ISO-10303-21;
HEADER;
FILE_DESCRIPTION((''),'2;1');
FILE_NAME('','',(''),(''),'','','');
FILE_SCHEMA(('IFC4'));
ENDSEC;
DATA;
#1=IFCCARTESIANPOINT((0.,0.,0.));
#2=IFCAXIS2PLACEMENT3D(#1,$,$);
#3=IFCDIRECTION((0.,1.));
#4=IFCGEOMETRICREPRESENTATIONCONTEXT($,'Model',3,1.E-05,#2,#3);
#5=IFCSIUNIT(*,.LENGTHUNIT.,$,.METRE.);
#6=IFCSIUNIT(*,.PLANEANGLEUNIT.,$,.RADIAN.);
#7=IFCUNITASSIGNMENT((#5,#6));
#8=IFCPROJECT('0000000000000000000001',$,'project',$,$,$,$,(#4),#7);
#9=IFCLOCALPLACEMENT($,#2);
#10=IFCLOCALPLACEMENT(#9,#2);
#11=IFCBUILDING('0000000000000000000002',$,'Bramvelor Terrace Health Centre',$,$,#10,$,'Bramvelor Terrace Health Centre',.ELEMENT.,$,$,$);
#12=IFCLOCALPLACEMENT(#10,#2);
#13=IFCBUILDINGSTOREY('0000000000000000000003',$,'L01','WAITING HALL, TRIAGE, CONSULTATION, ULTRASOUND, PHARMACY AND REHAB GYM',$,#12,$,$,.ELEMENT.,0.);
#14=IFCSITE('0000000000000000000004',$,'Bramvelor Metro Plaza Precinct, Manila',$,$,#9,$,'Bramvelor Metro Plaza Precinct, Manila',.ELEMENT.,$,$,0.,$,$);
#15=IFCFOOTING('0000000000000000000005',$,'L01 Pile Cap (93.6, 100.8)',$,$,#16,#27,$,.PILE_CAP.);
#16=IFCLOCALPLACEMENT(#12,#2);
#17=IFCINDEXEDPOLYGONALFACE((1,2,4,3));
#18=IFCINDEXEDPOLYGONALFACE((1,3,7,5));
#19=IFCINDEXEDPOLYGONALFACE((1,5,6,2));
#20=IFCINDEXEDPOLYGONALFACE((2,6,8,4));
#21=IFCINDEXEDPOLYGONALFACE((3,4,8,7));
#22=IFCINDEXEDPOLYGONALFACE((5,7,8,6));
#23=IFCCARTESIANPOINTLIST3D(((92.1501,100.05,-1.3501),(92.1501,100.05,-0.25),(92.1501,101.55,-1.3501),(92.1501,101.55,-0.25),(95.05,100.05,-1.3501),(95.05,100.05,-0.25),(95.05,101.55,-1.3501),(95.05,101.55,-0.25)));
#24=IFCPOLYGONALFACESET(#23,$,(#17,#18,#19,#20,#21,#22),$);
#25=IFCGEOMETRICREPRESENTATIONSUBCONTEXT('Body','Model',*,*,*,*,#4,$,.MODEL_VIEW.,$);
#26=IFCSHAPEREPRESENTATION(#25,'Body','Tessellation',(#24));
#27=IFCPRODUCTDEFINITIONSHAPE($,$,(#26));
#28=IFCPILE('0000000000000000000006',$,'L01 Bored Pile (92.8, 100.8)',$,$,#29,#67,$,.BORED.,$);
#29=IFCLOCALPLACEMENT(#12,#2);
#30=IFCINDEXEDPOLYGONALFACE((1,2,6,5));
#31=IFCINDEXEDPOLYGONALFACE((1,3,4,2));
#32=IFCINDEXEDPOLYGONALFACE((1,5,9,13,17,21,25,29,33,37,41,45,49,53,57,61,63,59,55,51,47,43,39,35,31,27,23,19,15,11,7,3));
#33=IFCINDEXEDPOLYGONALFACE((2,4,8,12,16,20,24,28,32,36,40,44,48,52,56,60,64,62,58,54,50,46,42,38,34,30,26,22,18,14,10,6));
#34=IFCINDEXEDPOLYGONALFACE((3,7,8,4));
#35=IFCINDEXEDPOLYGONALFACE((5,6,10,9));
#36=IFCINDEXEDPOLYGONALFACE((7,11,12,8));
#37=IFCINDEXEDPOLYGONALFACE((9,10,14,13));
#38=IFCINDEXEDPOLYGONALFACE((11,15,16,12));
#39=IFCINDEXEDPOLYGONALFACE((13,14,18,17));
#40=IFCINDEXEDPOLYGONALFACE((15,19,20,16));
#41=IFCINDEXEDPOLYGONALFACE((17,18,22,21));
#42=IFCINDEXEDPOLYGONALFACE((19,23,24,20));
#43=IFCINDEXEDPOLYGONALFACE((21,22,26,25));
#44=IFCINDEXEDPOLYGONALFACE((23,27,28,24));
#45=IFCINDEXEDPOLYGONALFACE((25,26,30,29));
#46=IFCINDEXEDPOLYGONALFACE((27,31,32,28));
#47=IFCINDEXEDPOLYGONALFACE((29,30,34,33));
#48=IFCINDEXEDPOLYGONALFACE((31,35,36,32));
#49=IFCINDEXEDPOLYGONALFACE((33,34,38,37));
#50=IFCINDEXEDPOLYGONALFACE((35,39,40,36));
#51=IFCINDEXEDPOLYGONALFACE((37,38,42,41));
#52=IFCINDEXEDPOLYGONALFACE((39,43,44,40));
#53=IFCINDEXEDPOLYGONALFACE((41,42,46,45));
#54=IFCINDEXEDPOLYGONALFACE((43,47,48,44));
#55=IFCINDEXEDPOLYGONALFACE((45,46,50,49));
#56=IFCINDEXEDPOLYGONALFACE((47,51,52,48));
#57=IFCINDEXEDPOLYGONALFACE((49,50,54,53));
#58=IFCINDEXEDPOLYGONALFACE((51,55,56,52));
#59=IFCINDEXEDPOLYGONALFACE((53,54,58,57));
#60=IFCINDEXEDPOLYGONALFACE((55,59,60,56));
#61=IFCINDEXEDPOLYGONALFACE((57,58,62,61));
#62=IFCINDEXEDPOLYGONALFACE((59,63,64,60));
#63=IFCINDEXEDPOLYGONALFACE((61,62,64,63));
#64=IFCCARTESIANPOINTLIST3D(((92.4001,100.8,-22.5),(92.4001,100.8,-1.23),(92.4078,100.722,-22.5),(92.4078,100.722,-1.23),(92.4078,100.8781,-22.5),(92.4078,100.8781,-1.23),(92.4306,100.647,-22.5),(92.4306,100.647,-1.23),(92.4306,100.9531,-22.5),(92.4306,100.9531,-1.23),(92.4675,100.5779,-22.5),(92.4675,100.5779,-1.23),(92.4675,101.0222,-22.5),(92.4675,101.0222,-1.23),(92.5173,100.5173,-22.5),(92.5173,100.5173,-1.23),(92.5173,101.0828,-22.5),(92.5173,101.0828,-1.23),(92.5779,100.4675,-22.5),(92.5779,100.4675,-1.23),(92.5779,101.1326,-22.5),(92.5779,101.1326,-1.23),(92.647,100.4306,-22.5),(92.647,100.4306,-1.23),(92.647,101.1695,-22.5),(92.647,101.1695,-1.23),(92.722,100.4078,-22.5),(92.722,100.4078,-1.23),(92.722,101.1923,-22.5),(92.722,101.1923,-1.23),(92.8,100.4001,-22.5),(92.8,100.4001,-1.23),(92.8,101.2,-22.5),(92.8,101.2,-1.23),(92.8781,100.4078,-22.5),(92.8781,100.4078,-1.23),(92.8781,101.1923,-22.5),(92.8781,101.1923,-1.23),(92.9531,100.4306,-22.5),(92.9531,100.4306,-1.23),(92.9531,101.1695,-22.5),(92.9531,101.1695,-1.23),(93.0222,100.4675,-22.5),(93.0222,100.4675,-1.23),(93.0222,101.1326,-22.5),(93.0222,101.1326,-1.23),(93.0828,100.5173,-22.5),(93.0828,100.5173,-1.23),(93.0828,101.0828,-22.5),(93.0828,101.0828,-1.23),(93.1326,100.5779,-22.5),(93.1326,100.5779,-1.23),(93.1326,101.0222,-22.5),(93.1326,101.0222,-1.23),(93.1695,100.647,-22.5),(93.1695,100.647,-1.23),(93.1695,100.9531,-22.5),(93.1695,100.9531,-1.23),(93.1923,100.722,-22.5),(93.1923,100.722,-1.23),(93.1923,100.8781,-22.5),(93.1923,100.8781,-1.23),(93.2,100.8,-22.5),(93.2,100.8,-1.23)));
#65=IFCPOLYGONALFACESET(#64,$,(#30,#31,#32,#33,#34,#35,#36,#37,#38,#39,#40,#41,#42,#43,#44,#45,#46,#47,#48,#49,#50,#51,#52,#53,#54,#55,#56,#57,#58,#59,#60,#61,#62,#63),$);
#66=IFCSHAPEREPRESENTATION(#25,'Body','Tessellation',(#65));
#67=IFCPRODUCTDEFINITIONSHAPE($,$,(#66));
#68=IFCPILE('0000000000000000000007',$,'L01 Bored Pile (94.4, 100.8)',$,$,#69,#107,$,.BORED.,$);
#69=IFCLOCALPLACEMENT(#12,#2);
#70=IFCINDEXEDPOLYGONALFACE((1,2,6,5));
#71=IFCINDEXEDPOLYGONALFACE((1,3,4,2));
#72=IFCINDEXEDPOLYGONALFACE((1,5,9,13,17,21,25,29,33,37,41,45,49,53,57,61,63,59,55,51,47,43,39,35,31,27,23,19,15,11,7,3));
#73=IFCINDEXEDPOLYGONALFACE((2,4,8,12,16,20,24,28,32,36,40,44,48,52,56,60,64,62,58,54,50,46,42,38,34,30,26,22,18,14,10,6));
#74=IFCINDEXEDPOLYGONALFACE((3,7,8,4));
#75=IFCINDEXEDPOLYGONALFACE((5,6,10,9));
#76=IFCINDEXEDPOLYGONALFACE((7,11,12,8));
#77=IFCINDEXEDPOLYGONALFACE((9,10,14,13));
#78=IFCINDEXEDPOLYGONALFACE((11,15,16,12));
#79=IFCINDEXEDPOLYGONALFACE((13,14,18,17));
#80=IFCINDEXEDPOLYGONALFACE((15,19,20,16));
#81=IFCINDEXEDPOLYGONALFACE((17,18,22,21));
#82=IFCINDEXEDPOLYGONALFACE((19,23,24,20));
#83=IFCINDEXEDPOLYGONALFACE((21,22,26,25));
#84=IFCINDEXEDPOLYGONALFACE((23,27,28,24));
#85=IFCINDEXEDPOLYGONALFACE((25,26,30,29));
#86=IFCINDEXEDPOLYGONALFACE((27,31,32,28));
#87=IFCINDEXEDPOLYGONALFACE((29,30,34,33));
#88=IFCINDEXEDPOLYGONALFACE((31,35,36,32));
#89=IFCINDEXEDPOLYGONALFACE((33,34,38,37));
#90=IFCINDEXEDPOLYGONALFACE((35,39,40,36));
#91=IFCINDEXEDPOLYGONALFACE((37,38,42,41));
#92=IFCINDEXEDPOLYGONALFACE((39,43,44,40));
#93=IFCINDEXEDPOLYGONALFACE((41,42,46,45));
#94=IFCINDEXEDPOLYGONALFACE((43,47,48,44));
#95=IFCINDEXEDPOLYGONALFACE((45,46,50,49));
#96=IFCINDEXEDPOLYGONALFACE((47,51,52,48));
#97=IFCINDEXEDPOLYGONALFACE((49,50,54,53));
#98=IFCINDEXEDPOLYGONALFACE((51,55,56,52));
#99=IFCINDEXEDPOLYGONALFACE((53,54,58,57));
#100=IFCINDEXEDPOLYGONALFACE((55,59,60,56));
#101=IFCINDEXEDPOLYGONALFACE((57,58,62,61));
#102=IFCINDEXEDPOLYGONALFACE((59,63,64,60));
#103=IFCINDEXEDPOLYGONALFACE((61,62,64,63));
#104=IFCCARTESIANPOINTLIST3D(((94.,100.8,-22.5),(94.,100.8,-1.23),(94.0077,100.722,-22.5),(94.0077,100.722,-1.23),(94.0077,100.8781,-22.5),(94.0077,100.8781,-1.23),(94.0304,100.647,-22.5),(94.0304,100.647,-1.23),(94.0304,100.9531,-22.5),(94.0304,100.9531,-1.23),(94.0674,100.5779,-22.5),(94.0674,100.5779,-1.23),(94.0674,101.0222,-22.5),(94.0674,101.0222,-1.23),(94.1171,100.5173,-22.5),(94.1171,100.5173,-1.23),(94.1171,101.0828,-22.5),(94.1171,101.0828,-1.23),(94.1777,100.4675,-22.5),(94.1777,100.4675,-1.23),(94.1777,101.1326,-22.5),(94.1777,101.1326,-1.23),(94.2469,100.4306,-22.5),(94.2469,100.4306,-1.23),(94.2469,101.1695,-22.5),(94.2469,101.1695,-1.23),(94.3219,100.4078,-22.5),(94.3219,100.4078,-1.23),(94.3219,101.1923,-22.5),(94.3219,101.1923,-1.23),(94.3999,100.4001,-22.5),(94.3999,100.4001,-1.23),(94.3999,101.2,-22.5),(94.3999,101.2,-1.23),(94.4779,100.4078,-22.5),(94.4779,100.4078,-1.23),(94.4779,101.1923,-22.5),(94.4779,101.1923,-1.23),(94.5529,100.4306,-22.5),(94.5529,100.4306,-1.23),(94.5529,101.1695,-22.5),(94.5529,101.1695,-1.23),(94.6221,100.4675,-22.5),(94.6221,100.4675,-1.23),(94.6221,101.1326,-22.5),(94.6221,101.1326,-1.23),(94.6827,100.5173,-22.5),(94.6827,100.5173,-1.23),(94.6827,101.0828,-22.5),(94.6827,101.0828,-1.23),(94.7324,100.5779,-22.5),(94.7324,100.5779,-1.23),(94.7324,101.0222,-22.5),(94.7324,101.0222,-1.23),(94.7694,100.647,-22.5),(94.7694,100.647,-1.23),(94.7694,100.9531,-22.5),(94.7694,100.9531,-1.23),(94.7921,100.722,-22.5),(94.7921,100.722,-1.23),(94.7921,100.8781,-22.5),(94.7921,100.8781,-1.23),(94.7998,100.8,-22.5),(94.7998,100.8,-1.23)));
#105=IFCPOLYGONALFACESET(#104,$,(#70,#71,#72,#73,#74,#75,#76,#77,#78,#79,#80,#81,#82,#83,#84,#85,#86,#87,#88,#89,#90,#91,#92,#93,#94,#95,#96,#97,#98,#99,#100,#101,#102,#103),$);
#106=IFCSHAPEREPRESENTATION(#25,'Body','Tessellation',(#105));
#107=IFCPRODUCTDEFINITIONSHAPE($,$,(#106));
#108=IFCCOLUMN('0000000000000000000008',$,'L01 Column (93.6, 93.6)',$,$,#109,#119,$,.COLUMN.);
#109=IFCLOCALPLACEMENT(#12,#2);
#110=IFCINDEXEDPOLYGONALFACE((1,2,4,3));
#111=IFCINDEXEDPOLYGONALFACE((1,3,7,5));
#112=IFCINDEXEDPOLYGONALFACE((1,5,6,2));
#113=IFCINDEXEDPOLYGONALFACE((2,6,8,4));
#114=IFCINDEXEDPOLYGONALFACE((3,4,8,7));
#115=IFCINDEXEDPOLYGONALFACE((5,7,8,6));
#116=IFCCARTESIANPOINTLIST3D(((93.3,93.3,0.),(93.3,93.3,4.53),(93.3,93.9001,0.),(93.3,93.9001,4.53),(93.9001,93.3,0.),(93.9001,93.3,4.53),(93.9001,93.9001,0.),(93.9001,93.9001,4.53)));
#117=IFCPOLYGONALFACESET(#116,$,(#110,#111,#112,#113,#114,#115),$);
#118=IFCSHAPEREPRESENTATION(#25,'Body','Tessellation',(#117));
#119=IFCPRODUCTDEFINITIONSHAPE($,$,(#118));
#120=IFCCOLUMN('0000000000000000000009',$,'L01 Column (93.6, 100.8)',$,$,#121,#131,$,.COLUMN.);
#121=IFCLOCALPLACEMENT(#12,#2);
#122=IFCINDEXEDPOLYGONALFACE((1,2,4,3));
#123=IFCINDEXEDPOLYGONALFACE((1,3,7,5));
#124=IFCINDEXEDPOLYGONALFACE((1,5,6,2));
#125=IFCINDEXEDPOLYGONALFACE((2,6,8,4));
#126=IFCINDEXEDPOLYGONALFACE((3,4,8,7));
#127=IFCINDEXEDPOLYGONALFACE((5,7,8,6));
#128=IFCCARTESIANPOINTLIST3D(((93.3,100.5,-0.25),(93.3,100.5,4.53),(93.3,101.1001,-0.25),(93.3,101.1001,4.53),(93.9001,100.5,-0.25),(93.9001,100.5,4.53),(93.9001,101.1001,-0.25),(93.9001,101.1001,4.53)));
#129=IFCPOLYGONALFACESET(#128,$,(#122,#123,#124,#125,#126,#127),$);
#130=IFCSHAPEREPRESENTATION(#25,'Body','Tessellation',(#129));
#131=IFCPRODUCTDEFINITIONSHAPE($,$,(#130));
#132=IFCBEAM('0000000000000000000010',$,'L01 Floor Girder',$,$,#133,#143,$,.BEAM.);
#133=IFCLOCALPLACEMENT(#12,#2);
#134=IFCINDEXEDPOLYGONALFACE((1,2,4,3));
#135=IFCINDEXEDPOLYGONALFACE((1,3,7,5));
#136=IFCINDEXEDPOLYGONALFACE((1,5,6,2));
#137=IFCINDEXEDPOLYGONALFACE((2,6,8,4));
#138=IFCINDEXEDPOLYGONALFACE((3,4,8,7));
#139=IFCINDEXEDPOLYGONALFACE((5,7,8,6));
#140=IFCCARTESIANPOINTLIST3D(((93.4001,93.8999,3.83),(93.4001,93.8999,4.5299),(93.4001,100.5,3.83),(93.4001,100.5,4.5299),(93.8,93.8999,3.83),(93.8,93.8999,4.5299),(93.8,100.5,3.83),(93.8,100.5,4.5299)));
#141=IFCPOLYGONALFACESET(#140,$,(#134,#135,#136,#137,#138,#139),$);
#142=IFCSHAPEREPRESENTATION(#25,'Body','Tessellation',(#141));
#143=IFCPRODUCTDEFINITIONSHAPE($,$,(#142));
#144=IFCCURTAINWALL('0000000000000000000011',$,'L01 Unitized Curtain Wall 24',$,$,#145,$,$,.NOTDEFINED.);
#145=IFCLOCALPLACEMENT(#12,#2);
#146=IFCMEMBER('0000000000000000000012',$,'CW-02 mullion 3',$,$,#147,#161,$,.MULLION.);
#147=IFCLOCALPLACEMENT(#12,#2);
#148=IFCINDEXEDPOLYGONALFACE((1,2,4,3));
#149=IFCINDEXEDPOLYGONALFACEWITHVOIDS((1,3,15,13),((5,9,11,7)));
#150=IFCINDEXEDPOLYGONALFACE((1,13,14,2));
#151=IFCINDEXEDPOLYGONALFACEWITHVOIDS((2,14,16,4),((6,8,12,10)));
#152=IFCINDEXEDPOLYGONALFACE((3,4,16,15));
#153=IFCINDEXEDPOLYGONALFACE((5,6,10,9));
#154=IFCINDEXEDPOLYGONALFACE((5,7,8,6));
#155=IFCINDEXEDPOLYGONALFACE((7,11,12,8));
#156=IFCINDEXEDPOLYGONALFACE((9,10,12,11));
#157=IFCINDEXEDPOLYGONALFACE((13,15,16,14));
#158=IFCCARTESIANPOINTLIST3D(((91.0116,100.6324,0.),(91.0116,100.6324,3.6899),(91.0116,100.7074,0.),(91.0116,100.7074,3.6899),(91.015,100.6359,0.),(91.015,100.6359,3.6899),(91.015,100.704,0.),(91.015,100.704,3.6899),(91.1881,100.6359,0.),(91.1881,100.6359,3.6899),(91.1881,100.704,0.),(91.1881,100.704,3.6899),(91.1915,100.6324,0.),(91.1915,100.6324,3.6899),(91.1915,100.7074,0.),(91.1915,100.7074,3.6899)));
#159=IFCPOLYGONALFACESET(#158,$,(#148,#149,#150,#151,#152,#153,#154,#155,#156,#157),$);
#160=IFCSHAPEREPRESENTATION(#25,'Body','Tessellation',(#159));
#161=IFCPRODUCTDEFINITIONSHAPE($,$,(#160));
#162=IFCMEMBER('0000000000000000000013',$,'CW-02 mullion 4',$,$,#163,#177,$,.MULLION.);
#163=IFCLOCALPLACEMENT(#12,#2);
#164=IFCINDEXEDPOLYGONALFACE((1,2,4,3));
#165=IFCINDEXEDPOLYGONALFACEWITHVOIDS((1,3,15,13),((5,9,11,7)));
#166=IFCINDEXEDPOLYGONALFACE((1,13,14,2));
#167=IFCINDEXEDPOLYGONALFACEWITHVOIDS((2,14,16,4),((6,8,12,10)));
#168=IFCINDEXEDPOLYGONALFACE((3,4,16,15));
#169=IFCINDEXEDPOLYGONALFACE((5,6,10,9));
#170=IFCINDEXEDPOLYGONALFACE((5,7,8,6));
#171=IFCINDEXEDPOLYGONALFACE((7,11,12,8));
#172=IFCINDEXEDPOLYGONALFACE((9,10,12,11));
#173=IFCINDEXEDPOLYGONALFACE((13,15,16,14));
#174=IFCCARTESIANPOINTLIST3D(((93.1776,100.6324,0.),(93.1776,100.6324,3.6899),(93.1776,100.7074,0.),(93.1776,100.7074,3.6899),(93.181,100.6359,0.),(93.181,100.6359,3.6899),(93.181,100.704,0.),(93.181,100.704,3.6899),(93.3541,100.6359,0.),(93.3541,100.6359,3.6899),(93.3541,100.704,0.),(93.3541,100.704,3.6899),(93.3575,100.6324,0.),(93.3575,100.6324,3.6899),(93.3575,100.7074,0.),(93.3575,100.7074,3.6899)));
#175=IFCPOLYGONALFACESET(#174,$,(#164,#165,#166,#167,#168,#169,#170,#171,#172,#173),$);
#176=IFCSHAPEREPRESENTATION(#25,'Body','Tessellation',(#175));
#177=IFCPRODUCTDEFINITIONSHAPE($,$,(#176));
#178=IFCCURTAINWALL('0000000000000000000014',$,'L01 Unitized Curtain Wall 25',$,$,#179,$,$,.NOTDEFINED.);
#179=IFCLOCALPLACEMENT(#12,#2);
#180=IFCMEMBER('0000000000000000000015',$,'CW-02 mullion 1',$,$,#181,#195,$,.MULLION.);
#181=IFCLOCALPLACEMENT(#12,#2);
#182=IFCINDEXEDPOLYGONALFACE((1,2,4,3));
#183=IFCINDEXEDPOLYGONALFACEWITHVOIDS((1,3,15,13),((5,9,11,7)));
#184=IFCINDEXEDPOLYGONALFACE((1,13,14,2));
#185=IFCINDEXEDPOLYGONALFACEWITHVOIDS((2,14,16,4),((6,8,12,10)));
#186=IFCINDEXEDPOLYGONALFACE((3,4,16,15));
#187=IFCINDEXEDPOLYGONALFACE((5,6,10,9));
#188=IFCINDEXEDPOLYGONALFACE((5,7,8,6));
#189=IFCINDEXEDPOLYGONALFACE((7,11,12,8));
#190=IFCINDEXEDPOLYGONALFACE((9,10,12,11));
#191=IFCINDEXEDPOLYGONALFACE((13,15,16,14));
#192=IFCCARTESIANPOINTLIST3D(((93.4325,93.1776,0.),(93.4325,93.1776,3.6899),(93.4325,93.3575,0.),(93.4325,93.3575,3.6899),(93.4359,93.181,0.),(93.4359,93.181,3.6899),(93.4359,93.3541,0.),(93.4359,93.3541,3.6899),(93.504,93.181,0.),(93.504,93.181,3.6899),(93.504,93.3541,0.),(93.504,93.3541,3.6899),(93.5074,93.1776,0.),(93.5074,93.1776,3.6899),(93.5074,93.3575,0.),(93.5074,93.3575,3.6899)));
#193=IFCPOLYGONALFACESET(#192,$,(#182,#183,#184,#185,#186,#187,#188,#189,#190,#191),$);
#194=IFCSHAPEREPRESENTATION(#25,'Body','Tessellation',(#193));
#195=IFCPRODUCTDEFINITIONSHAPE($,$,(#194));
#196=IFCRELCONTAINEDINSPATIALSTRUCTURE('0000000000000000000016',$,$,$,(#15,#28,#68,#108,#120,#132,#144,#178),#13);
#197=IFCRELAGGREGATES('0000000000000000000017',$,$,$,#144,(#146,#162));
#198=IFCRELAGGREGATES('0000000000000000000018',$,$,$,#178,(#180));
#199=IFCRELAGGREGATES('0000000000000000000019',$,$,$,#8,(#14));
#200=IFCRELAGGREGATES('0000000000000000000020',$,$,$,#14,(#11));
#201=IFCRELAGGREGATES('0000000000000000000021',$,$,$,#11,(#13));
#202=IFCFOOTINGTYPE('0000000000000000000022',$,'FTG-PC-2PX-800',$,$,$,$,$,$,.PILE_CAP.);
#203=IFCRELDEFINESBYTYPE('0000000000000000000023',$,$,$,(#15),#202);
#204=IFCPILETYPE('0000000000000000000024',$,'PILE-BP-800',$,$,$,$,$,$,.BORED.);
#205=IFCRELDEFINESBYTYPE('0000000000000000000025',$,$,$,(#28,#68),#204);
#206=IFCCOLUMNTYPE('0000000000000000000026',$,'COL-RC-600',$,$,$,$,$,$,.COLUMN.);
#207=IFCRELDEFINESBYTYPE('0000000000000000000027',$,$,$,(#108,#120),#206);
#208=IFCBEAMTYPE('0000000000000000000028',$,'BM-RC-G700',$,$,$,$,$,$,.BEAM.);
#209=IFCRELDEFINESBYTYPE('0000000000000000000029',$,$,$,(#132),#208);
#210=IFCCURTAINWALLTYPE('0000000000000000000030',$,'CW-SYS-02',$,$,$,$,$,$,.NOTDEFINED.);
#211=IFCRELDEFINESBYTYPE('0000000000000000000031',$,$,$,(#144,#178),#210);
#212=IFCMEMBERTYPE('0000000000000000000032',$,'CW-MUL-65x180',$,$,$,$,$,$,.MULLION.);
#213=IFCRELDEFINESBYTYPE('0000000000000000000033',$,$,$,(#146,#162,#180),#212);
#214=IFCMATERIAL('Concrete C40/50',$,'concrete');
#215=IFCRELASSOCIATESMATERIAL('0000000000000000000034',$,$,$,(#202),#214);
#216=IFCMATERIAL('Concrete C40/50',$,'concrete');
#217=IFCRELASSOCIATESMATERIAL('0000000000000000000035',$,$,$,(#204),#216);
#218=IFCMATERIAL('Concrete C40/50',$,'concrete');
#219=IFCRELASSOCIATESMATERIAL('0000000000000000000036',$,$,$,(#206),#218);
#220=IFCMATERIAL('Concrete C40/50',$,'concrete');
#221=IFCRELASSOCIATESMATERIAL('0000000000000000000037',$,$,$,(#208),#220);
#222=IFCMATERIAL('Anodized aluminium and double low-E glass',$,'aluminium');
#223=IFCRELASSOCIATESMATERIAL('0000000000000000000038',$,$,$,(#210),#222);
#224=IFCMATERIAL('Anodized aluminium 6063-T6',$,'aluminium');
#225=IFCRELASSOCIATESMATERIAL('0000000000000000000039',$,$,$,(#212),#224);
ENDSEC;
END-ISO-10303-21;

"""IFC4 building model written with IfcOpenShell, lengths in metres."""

from ifc_helpers import new_model, si_unit, direction, frame, origin, origin_2d, place, context, subcontext, project, spatial, rectangle, hollow_rectangle, circle, extrude, material, material_profile, profile_set, type_object, element, aggregate, save


model = new_model("IFC4")

# Units and contexts
model_context = context("Model", 3, precision=1e-05, world=origin(), true_north=direction((0.0, 1.0)))
body_context = subcontext(model_context, "Body", "Model", "MODEL_VIEW")
ifc_project = project(units=[si_unit("LENGTHUNIT", "METRE"), si_unit("PLANEANGLEUNIT", "RADIAN")], contexts=[model_context])

# Site, building, storey
site_placement = place(None, origin())
site = spatial("IfcSite", under=ifc_project, at=site_placement, Name="Bramvelor Metro Plaza Precinct, Manila", LongName="Bramvelor Metro Plaza Precinct, Manila", CompositionType="ELEMENT", RefElevation=0.0)
building_placement = place(site_placement, origin())
building = spatial("IfcBuilding", under=site, at=building_placement, Name="Bramvelor Terrace Health Centre", LongName="Bramvelor Terrace Health Centre", CompositionType="ELEMENT")
storey_placement = place(building_placement, origin())
storey = spatial("IfcBuildingStorey", under=building, at=storey_placement, Name="L01", Description="WAITING HALL, TRIAGE, CONSULTATION, ULTRASOUND, PHARMACY AND REHAB GYM", CompositionType="ELEMENT", Elevation=0.0)

# Footing
ifc_material_1 = material(Name="Concrete C40/50", Category="concrete")
footing_type = type_object("IfcFootingType", Name="FTG-PC-2PX-800", PredefinedType="PILE_CAP", material=ifc_material_1)
footing_placement = place(storey_placement, frame((93.6001, 100.8, -1.3501), z_axis=(0.0, 0.0, 1.0), x_axis=(1.0, 0.0, 0.0)))
element("IfcFooting", 1, at=footing_placement, inside=storey, type_object=footing_type, Name="L01 Pile Cap (93.6, 100.8)", PredefinedType="PILE_CAP", context=body_context, shape_type="SweptSolid", body=[
    extrude(rectangle(XDim=2.8999, YDim=1.5, at=origin_2d()), origin(), (0.0, 0.0, 1.0), 1.1001),
])

# Piles
ifc_material_2 = material(Name="Concrete C40/50", Category="concrete")
ifc_material_profile_1 = material_profile(ifc_material_2, circle(Radius=0.3999, at=origin_2d()), Name="BP D800")
ifc_profile_set_1 = profile_set([ifc_material_profile_1], Name="Concrete C40/50")
pile_type = type_object("IfcPileType", Name="PILE-BP-800", PredefinedType="BORED", material=ifc_profile_set_1)
for number, where, z_axis, x_axis, name in (
    (2, (92.8, 100.8, -1.23), (0.0, 0.0, -1.0), (1.0, 0.0, 0.0), "L01 Bored Pile (92.8, 100.8)"),
    (3, (94.3999, 100.8, -1.23), (0.0, 0.0, -1.0), (1.0, 0.0, 0.0), "L01 Bored Pile (94.4, 100.8)"),
):
    element("IfcPile", number, at=place(storey_placement, frame(where, z_axis=z_axis, x_axis=x_axis)), inside=storey, type_object=pile_type, Name=name, PredefinedType="BORED", context=body_context, shape_type="SweptSolid", body=[
        extrude(circle(Radius=0.3999, at=origin_2d()), origin(), (0.0, 0.0, 1.0), 21.27),
    ])

# Columns
ifc_material_3 = material(Name="Concrete C40/50", Category="concrete")
ifc_material_profile_2 = material_profile(ifc_material_3, rectangle(XDim=0.6001, YDim=0.6001, at=origin_2d()), Name="RC 600x600")
ifc_profile_set_2 = profile_set([ifc_material_profile_2], Name="Concrete C40/50")
column_type = type_object("IfcColumnType", Name="COL-RC-600", PredefinedType="COLUMN", material=ifc_profile_set_2)
column_1_placement = place(storey_placement, frame((93.6001, 93.6001, 0.0), z_axis=(0.0, 0.0, 1.0), x_axis=(1.0, 0.0, 0.0)))
element("IfcColumn", 4, at=column_1_placement, inside=storey, type_object=column_type, Name="L01 Column (93.6, 93.6)", PredefinedType="COLUMN", context=body_context, shape_type="SweptSolid", body=[
    extrude(rectangle(XDim=0.6001, YDim=0.6001, at=origin_2d()), origin(), (0.0, 0.0, 1.0), 4.53),
])
column_2_placement = place(storey_placement, frame((93.6001, 100.8, -0.25), z_axis=(0.0, 0.0, 1.0), x_axis=(1.0, 0.0, 0.0)))
element("IfcColumn", 5, at=column_2_placement, inside=storey, type_object=column_type, Name="L01 Column (93.6, 100.8)", PredefinedType="COLUMN", context=body_context, shape_type="SweptSolid", body=[
    extrude(rectangle(XDim=0.6001, YDim=0.6001, at=origin_2d()), origin(), (0.0, 0.0, 1.0), 4.78),
])

# Beam
ifc_material_4 = material(Name="Concrete C40/50", Category="concrete")
ifc_material_profile_3 = material_profile(ifc_material_4, rectangle(XDim=0.3999, YDim=0.7, at=origin_2d()), Name="RC 400x700")
ifc_profile_set_3 = profile_set([ifc_material_profile_3], Name="Concrete C40/50")
beam_type = type_object("IfcBeamType", Name="BM-RC-G700", PredefinedType="BEAM", material=ifc_profile_set_3)
beam_placement = place(storey_placement, frame((93.6001, 93.8999, 4.1799), z_axis=(0.0, 1.0, 0.0), x_axis=(-1.0, 0.0, 0.0)))
element("IfcBeam", 6, at=beam_placement, inside=storey, type_object=beam_type, Name="L01 Floor Girder", PredefinedType="BEAM", context=body_context, shape_type="SweptSolid", body=[
    extrude(rectangle(XDim=0.3999, YDim=0.7, at=origin_2d()), origin(), (0.0, 0.0, 1.0), 6.6001),
])

# Curtain walls, members
ifc_material_5 = material(Name="Anodized aluminium and double low-E glass", Category="aluminium")
curtain_wall_type = type_object("IfcCurtainWallType", Name="CW-SYS-02", PredefinedType="NOTDEFINED", material=ifc_material_5)
curtain_wall_1_placement = place(storey_placement, origin())
curtain_wall_1 = element("IfcCurtainWall", 7, at=curtain_wall_1_placement, inside=storey, type_object=curtain_wall_type, Name="L01 Unitized Curtain Wall 24", PredefinedType="NOTDEFINED")
ifc_material_6 = material(Name="Anodized aluminium 6063-T6", Category="aluminium")
ifc_material_profile_4 = material_profile(ifc_material_6, hollow_rectangle(XDim=0.075, YDim=0.1799, WallThickness=0.0034, at=origin_2d()), Name="ALU-MUL 75x180x3.5")
ifc_profile_set_4 = profile_set([ifc_material_profile_4], Name="Anodized aluminium 6063-T6")
member_type_1 = type_object("IfcMemberType", Name="CW-MUL-65x180", PredefinedType="MULLION", material=ifc_profile_set_4)
member_1_placement = place(storey_placement, frame((91.1016, 100.6699, 0.0), z_axis=(0.0, 0.0, 1.0), x_axis=(0.0, 1.0, 0.0)))
member_1 = element("IfcMember", 8, at=member_1_placement, type_object=member_type_1, Name="CW-02 mullion 3", PredefinedType="MULLION", context=body_context, shape_type="SweptSolid", body=[
    extrude(hollow_rectangle(XDim=0.075, YDim=0.1799, WallThickness=0.0034, at=origin_2d()), origin(), (0.0, 0.0, 1.0), 3.6899),
])
member_2_placement = place(storey_placement, frame((93.2676, 100.6699, 0.0), z_axis=(0.0, 0.0, 1.0), x_axis=(0.0, 1.0, 0.0)))
member_2 = element("IfcMember", 9, at=member_2_placement, type_object=member_type_1, Name="CW-02 mullion 4", PredefinedType="MULLION", context=body_context, shape_type="SweptSolid", body=[
    extrude(hollow_rectangle(XDim=0.075, YDim=0.1799, WallThickness=0.0034, at=origin_2d()), origin(), (0.0, 0.0, 1.0), 3.6899),
])
curtain_wall_2_placement = place(storey_placement, origin())
curtain_wall_2 = element("IfcCurtainWall", 10, at=curtain_wall_2_placement, inside=storey, type_object=curtain_wall_type, Name="L01 Unitized Curtain Wall 25", PredefinedType="NOTDEFINED")
member_3_placement = place(storey_placement, frame((93.47, 93.2676, 0.0), z_axis=(0.0, 0.0, 1.0), x_axis=(1.0, 0.0, 0.0)))
member_3 = element("IfcMember", 11, at=member_3_placement, type_object=member_type_1, Name="CW-02 mullion 1", PredefinedType="MULLION", context=body_context, shape_type="SweptSolid", body=[
    extrude(hollow_rectangle(XDim=0.075, YDim=0.1799, WallThickness=0.0034, at=origin_2d()), origin(), (0.0, 0.0, 1.0), 3.6899),
])

aggregate(curtain_wall_1, [member_1, member_2])
aggregate(curtain_wall_2, [member_3])

save(model, "model.ifc")
